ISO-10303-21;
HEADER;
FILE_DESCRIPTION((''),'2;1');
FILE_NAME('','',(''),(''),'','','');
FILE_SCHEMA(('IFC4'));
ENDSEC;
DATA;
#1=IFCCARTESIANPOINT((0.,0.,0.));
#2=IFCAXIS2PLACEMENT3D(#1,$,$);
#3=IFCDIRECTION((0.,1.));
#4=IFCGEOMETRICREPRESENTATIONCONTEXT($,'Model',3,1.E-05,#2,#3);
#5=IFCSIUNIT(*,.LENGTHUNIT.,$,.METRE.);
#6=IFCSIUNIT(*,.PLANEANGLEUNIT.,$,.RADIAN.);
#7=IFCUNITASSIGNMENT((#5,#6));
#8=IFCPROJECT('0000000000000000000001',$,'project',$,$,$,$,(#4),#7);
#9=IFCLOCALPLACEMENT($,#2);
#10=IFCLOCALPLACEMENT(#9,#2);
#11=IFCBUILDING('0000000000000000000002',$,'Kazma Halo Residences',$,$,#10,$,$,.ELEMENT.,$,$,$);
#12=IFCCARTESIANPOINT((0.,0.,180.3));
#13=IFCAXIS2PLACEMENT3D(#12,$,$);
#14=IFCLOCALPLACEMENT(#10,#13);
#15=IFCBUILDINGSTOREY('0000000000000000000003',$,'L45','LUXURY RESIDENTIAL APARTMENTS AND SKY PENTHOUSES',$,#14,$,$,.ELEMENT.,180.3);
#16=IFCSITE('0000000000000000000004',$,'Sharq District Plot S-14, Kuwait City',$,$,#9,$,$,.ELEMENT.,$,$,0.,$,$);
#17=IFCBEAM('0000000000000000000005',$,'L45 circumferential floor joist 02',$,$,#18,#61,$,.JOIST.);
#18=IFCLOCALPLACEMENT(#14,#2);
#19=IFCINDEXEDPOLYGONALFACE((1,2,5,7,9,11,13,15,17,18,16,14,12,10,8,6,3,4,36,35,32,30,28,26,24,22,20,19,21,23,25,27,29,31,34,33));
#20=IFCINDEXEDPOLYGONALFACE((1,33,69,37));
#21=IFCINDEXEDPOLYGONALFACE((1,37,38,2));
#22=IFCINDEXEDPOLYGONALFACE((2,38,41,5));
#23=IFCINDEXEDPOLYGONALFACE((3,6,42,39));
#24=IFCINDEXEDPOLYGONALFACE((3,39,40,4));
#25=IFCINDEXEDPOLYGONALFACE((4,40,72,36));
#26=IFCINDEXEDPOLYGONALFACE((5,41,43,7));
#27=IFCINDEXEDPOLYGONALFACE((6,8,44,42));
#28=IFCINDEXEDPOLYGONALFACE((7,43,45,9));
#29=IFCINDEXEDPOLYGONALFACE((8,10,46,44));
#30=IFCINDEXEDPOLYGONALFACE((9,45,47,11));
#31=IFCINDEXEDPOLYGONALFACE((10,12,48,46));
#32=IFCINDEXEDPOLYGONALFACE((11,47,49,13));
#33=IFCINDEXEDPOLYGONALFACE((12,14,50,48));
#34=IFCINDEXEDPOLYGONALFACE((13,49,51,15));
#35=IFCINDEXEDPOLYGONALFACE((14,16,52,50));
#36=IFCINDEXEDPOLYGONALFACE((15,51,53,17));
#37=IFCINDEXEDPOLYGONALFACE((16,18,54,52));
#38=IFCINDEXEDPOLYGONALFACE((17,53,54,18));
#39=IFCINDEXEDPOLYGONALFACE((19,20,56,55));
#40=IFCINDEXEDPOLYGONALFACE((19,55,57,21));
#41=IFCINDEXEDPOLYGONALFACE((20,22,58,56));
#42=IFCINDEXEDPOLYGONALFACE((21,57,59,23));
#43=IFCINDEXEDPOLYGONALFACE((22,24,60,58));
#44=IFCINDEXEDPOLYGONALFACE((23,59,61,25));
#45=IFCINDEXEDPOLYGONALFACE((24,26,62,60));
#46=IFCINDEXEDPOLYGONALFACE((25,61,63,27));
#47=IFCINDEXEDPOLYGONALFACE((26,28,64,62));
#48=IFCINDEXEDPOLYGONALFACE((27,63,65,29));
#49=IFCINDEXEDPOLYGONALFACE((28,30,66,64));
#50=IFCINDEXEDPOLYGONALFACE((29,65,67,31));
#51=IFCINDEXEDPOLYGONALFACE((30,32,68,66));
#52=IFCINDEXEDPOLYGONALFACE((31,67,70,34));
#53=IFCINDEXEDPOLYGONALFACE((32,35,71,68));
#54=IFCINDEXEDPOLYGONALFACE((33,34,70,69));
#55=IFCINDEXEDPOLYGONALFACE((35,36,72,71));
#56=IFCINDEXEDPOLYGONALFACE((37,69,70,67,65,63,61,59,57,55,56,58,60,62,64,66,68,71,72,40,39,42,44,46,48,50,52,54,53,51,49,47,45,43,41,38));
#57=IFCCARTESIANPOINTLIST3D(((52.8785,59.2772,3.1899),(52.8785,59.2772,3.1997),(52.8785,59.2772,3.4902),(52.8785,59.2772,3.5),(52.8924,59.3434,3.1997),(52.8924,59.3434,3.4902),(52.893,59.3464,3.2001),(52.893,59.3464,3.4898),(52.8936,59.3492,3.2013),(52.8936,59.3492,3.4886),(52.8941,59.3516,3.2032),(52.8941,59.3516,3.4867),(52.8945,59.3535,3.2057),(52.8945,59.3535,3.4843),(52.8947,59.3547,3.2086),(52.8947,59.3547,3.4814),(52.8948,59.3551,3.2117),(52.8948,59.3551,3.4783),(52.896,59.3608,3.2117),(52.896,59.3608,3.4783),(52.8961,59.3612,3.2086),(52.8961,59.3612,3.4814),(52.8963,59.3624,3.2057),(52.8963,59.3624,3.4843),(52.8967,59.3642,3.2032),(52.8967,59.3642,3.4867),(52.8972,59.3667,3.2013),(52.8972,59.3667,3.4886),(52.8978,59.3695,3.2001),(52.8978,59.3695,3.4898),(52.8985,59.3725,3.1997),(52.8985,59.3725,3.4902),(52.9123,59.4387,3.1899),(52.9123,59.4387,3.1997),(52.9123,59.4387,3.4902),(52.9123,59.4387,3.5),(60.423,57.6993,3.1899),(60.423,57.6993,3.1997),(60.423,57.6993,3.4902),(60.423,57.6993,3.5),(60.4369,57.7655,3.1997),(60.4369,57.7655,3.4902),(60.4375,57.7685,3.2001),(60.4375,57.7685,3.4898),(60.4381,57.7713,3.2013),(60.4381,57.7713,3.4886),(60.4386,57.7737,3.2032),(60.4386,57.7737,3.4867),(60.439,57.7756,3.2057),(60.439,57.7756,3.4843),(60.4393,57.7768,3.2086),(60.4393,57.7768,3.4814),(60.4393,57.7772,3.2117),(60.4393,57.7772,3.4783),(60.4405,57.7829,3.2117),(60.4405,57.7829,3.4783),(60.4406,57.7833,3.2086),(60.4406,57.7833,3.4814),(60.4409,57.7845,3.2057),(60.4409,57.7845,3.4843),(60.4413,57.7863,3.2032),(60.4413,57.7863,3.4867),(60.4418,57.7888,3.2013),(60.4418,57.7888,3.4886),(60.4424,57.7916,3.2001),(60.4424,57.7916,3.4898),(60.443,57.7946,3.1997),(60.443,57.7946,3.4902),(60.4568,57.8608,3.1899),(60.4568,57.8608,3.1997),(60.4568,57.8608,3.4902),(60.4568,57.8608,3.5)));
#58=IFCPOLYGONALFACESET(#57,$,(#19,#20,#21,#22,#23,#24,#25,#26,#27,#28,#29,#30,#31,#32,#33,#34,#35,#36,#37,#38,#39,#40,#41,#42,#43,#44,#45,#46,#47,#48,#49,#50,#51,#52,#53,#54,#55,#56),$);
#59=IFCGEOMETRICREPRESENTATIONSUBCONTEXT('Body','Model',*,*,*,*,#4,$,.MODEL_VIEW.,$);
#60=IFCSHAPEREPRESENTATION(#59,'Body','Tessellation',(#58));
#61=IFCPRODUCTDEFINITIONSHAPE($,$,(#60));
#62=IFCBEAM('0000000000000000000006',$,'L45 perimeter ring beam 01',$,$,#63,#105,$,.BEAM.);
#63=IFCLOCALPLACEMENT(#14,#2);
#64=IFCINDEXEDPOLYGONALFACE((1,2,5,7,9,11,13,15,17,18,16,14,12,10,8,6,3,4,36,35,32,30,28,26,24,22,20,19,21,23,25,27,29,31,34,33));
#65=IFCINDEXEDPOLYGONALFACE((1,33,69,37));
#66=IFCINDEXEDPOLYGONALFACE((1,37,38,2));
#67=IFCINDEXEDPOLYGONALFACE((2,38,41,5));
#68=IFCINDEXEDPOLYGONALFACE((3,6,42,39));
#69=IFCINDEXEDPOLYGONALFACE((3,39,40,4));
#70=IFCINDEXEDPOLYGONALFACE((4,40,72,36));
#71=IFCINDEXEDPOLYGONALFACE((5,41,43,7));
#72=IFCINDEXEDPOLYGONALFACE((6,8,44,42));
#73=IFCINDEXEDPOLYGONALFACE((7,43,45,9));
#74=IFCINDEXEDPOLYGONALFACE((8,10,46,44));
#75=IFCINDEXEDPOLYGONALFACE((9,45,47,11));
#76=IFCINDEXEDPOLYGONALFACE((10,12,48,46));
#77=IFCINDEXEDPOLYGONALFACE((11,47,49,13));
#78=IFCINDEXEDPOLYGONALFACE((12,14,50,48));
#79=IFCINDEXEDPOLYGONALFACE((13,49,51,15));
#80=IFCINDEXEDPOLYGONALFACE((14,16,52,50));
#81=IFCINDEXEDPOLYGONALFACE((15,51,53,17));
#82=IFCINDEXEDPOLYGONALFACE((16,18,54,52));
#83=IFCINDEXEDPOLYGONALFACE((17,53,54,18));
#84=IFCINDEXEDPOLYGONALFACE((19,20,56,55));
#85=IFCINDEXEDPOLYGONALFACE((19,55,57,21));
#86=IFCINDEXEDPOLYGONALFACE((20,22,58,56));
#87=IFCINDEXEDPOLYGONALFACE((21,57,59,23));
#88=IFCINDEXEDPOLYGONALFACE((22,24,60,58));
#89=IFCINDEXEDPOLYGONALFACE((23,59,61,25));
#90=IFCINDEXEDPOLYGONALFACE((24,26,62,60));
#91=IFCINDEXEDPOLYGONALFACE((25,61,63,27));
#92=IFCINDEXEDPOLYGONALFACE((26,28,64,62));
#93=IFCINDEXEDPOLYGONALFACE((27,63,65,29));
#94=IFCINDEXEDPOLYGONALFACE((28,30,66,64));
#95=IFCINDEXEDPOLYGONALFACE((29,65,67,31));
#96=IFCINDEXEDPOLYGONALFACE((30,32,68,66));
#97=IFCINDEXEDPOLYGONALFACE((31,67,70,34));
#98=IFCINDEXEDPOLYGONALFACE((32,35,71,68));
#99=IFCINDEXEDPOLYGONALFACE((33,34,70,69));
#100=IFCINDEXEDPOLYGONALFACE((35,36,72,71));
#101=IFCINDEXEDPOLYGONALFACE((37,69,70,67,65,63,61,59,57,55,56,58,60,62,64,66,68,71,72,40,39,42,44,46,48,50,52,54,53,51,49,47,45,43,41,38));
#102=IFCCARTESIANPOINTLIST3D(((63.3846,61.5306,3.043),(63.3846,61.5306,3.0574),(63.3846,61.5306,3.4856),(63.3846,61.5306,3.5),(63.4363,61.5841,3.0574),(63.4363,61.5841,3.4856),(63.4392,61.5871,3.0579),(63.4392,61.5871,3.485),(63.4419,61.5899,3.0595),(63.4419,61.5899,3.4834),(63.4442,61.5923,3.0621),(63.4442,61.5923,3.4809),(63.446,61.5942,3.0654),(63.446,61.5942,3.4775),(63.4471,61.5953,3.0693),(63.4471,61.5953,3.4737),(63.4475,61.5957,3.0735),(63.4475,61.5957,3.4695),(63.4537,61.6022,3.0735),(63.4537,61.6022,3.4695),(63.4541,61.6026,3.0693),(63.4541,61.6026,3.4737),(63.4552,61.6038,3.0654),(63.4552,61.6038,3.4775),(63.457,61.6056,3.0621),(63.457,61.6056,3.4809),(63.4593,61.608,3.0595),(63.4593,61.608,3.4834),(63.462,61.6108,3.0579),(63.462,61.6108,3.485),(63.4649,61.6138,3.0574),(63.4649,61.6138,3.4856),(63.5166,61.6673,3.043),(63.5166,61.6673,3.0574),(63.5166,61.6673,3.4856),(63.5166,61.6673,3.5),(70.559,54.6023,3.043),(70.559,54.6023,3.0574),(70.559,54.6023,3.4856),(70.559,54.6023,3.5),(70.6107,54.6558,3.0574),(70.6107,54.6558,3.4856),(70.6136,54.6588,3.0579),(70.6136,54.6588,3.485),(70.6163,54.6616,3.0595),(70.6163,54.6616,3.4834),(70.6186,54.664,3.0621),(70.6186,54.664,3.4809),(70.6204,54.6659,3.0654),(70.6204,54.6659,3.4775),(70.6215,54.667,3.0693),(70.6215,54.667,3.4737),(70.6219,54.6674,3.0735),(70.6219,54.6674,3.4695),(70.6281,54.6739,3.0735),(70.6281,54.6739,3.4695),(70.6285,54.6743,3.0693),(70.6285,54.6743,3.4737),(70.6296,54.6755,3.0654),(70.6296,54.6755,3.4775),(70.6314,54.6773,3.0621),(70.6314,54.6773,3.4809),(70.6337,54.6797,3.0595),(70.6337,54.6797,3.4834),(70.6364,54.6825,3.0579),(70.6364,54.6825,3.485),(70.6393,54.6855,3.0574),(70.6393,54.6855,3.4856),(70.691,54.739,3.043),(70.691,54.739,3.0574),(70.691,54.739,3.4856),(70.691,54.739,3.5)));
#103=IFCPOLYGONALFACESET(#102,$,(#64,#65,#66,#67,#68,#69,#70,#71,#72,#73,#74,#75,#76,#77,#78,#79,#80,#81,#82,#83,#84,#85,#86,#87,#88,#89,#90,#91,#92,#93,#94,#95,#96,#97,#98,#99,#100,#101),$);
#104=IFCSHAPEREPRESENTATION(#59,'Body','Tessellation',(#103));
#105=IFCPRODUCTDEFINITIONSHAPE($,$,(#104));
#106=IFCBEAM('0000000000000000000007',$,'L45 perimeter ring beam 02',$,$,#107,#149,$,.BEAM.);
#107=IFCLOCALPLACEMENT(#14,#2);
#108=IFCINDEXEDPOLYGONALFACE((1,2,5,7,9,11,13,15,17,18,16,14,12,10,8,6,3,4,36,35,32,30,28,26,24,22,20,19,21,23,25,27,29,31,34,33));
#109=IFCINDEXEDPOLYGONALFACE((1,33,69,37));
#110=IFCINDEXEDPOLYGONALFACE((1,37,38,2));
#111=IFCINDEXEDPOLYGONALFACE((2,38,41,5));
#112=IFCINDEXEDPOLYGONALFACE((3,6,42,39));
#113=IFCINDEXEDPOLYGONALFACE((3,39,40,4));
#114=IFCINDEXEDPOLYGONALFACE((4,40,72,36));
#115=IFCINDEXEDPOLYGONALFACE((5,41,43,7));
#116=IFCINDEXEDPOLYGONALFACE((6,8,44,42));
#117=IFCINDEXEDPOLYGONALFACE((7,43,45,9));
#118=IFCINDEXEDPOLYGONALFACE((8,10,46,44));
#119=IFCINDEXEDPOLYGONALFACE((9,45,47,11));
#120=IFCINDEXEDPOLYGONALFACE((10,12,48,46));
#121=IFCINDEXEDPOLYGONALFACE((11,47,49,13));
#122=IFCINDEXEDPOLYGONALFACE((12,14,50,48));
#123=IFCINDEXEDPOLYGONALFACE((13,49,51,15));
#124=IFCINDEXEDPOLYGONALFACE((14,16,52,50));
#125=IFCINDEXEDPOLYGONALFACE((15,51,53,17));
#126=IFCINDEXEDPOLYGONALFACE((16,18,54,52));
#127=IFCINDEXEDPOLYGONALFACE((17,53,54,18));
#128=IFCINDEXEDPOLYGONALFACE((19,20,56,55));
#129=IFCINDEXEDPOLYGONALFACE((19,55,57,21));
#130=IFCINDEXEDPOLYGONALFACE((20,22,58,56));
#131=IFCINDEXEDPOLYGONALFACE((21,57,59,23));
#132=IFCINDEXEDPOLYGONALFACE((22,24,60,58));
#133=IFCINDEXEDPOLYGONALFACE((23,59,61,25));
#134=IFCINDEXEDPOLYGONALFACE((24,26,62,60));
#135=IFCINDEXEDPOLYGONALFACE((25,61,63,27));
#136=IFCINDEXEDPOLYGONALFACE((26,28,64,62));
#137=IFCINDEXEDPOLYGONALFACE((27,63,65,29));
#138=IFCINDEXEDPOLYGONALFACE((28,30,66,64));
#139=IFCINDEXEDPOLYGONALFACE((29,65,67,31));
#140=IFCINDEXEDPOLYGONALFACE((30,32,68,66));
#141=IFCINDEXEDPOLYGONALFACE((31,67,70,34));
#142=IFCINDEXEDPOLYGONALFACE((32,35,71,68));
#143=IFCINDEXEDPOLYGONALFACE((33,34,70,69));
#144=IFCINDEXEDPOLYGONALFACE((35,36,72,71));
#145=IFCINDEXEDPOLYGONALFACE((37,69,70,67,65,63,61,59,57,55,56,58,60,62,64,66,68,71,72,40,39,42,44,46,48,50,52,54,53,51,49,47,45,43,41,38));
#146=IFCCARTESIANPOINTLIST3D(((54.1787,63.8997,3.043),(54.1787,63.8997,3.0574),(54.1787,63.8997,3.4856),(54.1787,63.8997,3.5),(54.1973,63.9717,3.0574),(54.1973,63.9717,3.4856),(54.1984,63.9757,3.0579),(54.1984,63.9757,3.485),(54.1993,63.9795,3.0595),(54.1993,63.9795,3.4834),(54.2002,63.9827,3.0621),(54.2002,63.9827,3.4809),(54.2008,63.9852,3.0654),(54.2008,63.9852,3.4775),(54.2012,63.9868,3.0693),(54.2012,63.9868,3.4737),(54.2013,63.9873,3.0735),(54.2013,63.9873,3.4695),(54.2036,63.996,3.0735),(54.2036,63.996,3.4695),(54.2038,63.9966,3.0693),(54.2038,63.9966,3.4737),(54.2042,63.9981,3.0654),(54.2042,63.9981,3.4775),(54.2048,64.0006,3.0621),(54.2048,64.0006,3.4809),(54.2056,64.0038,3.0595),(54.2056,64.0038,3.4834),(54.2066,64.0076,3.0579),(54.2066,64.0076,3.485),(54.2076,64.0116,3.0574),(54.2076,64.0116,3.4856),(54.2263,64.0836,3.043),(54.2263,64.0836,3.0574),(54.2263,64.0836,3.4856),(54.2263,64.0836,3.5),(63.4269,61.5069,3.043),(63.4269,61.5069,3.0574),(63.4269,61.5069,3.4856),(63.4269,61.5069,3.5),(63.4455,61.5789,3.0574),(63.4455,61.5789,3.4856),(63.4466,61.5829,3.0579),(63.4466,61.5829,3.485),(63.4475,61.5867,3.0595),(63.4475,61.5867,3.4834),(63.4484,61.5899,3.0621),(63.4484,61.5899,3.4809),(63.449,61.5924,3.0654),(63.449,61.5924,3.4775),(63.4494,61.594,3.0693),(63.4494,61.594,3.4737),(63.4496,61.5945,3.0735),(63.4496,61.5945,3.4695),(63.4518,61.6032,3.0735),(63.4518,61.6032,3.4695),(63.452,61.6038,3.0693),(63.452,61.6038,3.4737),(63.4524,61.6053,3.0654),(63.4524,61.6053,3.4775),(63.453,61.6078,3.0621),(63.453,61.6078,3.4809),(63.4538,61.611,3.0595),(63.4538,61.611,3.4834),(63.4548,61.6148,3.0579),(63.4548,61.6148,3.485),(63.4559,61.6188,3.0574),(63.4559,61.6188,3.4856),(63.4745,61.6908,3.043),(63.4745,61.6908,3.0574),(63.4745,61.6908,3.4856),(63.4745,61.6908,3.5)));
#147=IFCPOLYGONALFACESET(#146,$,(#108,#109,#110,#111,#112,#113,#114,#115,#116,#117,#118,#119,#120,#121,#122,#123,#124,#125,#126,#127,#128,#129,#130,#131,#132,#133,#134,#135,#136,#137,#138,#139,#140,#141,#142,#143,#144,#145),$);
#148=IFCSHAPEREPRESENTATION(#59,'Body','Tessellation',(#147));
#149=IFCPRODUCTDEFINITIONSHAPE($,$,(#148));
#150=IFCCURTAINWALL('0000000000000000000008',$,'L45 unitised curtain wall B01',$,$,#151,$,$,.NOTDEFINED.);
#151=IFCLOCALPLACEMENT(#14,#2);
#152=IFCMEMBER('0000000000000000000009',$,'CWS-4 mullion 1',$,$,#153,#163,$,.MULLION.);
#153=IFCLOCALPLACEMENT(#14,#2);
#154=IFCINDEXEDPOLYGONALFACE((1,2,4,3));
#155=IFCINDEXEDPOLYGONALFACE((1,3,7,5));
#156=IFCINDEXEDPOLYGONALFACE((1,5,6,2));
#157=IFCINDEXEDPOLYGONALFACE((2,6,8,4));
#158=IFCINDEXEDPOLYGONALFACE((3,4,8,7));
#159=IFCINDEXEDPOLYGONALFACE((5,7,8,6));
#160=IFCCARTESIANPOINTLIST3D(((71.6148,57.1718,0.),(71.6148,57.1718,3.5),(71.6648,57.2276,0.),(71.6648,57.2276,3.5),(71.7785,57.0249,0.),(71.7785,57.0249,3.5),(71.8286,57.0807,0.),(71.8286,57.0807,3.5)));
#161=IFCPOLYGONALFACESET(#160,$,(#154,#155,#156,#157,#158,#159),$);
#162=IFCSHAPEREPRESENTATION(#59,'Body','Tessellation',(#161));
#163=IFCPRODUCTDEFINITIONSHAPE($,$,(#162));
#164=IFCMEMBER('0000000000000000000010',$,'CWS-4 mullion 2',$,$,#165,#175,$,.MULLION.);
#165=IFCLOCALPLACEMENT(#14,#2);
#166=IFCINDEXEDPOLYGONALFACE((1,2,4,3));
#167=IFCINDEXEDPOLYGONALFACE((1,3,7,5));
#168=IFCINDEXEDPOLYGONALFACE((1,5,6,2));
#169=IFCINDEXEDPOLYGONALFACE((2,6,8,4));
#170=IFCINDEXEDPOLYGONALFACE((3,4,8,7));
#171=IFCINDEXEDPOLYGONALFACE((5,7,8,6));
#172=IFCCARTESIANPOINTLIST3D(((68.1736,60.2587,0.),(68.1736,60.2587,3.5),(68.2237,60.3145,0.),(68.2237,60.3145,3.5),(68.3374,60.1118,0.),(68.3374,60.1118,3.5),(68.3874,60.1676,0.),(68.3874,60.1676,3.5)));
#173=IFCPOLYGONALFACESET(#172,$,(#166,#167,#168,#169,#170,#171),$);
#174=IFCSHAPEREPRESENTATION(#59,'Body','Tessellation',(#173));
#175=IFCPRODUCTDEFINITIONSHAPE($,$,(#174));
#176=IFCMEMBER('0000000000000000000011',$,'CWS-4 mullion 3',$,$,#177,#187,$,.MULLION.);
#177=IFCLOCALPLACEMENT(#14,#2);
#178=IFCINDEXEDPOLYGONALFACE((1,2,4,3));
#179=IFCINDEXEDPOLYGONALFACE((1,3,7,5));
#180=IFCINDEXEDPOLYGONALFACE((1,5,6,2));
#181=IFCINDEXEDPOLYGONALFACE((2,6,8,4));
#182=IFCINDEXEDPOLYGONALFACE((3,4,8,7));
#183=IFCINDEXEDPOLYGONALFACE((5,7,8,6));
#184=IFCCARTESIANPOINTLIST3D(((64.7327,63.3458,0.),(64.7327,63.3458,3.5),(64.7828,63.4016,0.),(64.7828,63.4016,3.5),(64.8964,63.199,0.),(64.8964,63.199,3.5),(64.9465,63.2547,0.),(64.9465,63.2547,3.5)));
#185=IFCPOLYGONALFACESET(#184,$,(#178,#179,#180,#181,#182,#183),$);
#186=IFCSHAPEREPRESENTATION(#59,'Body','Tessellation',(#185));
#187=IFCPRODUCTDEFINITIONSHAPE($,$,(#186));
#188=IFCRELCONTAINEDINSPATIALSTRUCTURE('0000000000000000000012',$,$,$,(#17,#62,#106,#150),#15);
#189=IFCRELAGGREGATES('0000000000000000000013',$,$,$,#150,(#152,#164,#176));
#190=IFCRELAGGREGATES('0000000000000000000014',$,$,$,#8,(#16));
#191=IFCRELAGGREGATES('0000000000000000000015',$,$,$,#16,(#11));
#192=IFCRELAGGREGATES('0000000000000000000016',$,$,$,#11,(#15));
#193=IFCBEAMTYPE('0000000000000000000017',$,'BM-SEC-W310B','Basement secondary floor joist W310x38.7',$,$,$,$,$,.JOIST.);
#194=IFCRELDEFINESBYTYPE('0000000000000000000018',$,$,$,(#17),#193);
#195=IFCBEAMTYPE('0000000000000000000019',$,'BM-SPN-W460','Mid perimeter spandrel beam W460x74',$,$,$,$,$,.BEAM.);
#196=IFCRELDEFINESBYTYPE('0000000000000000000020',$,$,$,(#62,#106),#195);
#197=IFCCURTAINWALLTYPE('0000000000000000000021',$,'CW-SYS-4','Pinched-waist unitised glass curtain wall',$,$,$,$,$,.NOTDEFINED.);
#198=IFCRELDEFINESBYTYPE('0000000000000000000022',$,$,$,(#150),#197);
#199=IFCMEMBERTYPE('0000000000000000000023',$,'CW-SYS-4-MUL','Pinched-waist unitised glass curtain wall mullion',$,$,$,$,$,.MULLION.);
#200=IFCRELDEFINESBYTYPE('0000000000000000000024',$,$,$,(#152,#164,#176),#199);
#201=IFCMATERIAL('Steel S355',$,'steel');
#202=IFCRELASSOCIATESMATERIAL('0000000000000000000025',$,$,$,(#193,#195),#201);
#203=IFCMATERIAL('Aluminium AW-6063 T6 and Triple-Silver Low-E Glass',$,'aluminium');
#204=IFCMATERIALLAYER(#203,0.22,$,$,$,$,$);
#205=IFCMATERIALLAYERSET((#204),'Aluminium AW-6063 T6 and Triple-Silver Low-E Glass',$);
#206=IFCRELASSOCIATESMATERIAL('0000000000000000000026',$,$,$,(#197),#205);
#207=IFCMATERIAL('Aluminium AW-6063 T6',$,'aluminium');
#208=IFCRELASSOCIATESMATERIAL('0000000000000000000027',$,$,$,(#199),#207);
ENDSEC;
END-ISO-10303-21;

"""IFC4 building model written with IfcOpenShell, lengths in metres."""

from ifc_helpers import new_model, si_unit, direction, frame, origin, origin_2d, place, context, subcontext, project, spatial, rectangle, i_section, extrude, material, layer, layer_set, material_profile, profile_set, type_object, element, aggregate, save


model = new_model("IFC4")

# Units and contexts
model_context = context("Model", 3, precision=1e-05, world=origin(), true_north=direction((0.0, 1.0)))
body_context = subcontext(model_context, "Body", "Model", "MODEL_VIEW")
ifc_project = project(units=[si_unit("LENGTHUNIT", "METRE"), si_unit("PLANEANGLEUNIT", "RADIAN")], contexts=[model_context])

# Site, building, storey
site_placement = place(None, origin())
site = spatial("IfcSite", under=ifc_project, at=site_placement, Name="Sharq District Plot S-14, Kuwait City", CompositionType="ELEMENT", RefElevation=0.0)
building_placement = place(site_placement, origin())
building = spatial("IfcBuilding", under=site, at=building_placement, Name="Kazma Halo Residences", CompositionType="ELEMENT")
storey_placement = place(building_placement, frame((0.0, 0.0, 180.3)))
storey = spatial("IfcBuildingStorey", under=building, at=storey_placement, Name="L45", Description="LUXURY RESIDENTIAL APARTMENTS AND SKY PENTHOUSES", CompositionType="ELEMENT", Elevation=180.3)

# Beams
ifc_material_1 = material(Name="Steel S355", Category="steel")
ifc_material_profile_1 = material_profile(ifc_material_1, i_section(OverallWidth=0.165, OverallDepth=0.3101, WebThickness=0.0059, FlangeThickness=0.0098, FilletRadius=0.012, at=origin_2d()), Name="W310x38.7")
ifc_profile_set_1 = profile_set([ifc_material_profile_1], Name="Steel S355")
beam_type_1 = type_object("IfcBeamType", Name="BM-SEC-W310B", Description="Basement secondary floor joist W310x38.7", PredefinedType="JOIST", material=ifc_profile_set_1)
beam_1_placement = place(storey_placement, frame((60.4399, 57.78, 3.345), z_axis=(-0.978821, 0.204716, 0.0), x_axis=(-0.204716, -0.978821, 0.0)))
element("IfcBeam", 1, at=beam_1_placement, inside=storey, type_object=beam_type_1, Name="L45 circumferential floor joist 02", PredefinedType="JOIST", context=body_context, shape_type="SweptSolid", body=[
    extrude(i_section(OverallWidth=0.165, OverallDepth=0.3101, WebThickness=0.0059, FlangeThickness=0.0098, FilletRadius=0.012, at=origin_2d()), origin(), (0.0, 0.0, 1.0), 7.7078),
])
ifc_material_profile_2 = material_profile(ifc_material_1, i_section(OverallWidth=0.1899, OverallDepth=0.457, WebThickness=0.009, FlangeThickness=0.0144, FilletRadius=0.0161, at=origin_2d()), Name="W460x74")
ifc_profile_set_2 = profile_set([ifc_material_profile_2], Name="Steel S355")
beam_type_2 = type_object("IfcBeamType", Name="BM-SPN-W460", Description="Mid perimeter spandrel beam W460x74", PredefinedType="BEAM", material=ifc_profile_set_2)
beam_2_placement = place(storey_placement, frame((70.625, 54.6707, 3.2715), z_axis=(-0.719337, 0.694662, 0.0), x_axis=(-0.694662, -0.719337, 0.0)))
element("IfcBeam", 2, at=beam_2_placement, inside=storey, type_object=beam_type_2, Name="L45 perimeter ring beam 01", PredefinedType="BEAM", context=body_context, shape_type="SweptSolid", body=[
    extrude(i_section(OverallWidth=0.1899, OverallDepth=0.457, WebThickness=0.009, FlangeThickness=0.0144, FilletRadius=0.0161, at=origin_2d()), origin(), (0.0, 0.0, 1.0), 9.9736),
])
beam_3_placement = place(storey_placement, frame((63.4507, 61.5989, 3.2715), z_axis=(-0.968121, 0.250483, 0.0), x_axis=(-0.250483, -0.968121, 0.0)))
element("IfcBeam", 3, at=beam_3_placement, inside=storey, type_object=beam_type_2, Name="L45 perimeter ring beam 02", PredefinedType="BEAM", context=body_context, shape_type="SweptSolid", body=[
    extrude(i_section(OverallWidth=0.1899, OverallDepth=0.457, WebThickness=0.009, FlangeThickness=0.0144, FilletRadius=0.0161, at=origin_2d()), origin(), (0.0, 0.0, 1.0), 9.5527),
])

# Curtain wall, members
ifc_material_2 = material(Name="Aluminium AW-6063 T6 and Triple-Silver Low-E Glass", Category="aluminium")
ifc_layer_1 = layer(ifc_material_2, 0.22)
ifc_layer_set_1 = layer_set([ifc_layer_1], Name="Aluminium AW-6063 T6 and Triple-Silver Low-E Glass")
curtain_wall_type = type_object("IfcCurtainWallType", Name="CW-SYS-4", Description="Pinched-waist unitised glass curtain wall", PredefinedType="NOTDEFINED", material=ifc_layer_set_1)
curtain_wall_1_placement = place(storey_placement, origin())
curtain_wall_1 = element("IfcCurtainWall", 4, at=curtain_wall_1_placement, inside=storey, type_object=curtain_wall_type, Name="L45 unitised curtain wall B01", PredefinedType="NOTDEFINED")
ifc_material_3 = material(Name="Aluminium AW-6063 T6", Category="aluminium")
ifc_material_profile_3 = material_profile(ifc_material_3, rectangle(XDim=0.075, YDim=0.22, at=origin_2d()), Name="CWM-75x220")
ifc_profile_set_3 = profile_set([ifc_material_profile_3], Name="Aluminium AW-6063 T6")
member_type_1 = type_object("IfcMemberType", Name="CW-SYS-4-MUL", Description="Pinched-waist unitised glass curtain wall mullion", PredefinedType="MULLION", material=ifc_profile_set_3)
member_1_placement = place(storey_placement, frame((71.7217, 57.1262, 0.0), z_axis=(0.0, 0.0, 1.0), x_axis=(-0.667784, -0.744355, 0.0)))
member_1 = element("IfcMember", 5, at=member_1_placement, type_object=member_type_1, Name="CWS-4 mullion 1", PredefinedType="MULLION", context=body_context, shape_type="SweptSolid", body=[
    extrude(rectangle(XDim=0.075, YDim=0.22, at=origin_2d()), origin(), (0.0, 0.0, 1.0), 3.5),
])
member_2_placement = place(storey_placement, frame((68.2805, 60.2131, 0.0), z_axis=(0.0, 0.0, 1.0), x_axis=(-0.667784, -0.744355, 0.0)))
member_2 = element("IfcMember", 6, at=member_2_placement, type_object=member_type_1, Name="CWS-4 mullion 2", PredefinedType="MULLION", context=body_context, shape_type="SweptSolid", body=[
    extrude(rectangle(XDim=0.075, YDim=0.22, at=origin_2d()), origin(), (0.0, 0.0, 1.0), 3.5),
])
member_3_placement = place(storey_placement, frame((64.8396, 63.3003, 0.0), z_axis=(0.0, 0.0, 1.0), x_axis=(-0.667784, -0.744355, 0.0)))
member_3 = element("IfcMember", 7, at=member_3_placement, type_object=member_type_1, Name="CWS-4 mullion 3", PredefinedType="MULLION", context=body_context, shape_type="SweptSolid", body=[
    extrude(rectangle(XDim=0.075, YDim=0.22, at=origin_2d()), origin(), (0.0, 0.0, 1.0), 3.5),
])

aggregate(curtain_wall_1, [member_1, member_2, member_3])

save(model, "model.ifc")
